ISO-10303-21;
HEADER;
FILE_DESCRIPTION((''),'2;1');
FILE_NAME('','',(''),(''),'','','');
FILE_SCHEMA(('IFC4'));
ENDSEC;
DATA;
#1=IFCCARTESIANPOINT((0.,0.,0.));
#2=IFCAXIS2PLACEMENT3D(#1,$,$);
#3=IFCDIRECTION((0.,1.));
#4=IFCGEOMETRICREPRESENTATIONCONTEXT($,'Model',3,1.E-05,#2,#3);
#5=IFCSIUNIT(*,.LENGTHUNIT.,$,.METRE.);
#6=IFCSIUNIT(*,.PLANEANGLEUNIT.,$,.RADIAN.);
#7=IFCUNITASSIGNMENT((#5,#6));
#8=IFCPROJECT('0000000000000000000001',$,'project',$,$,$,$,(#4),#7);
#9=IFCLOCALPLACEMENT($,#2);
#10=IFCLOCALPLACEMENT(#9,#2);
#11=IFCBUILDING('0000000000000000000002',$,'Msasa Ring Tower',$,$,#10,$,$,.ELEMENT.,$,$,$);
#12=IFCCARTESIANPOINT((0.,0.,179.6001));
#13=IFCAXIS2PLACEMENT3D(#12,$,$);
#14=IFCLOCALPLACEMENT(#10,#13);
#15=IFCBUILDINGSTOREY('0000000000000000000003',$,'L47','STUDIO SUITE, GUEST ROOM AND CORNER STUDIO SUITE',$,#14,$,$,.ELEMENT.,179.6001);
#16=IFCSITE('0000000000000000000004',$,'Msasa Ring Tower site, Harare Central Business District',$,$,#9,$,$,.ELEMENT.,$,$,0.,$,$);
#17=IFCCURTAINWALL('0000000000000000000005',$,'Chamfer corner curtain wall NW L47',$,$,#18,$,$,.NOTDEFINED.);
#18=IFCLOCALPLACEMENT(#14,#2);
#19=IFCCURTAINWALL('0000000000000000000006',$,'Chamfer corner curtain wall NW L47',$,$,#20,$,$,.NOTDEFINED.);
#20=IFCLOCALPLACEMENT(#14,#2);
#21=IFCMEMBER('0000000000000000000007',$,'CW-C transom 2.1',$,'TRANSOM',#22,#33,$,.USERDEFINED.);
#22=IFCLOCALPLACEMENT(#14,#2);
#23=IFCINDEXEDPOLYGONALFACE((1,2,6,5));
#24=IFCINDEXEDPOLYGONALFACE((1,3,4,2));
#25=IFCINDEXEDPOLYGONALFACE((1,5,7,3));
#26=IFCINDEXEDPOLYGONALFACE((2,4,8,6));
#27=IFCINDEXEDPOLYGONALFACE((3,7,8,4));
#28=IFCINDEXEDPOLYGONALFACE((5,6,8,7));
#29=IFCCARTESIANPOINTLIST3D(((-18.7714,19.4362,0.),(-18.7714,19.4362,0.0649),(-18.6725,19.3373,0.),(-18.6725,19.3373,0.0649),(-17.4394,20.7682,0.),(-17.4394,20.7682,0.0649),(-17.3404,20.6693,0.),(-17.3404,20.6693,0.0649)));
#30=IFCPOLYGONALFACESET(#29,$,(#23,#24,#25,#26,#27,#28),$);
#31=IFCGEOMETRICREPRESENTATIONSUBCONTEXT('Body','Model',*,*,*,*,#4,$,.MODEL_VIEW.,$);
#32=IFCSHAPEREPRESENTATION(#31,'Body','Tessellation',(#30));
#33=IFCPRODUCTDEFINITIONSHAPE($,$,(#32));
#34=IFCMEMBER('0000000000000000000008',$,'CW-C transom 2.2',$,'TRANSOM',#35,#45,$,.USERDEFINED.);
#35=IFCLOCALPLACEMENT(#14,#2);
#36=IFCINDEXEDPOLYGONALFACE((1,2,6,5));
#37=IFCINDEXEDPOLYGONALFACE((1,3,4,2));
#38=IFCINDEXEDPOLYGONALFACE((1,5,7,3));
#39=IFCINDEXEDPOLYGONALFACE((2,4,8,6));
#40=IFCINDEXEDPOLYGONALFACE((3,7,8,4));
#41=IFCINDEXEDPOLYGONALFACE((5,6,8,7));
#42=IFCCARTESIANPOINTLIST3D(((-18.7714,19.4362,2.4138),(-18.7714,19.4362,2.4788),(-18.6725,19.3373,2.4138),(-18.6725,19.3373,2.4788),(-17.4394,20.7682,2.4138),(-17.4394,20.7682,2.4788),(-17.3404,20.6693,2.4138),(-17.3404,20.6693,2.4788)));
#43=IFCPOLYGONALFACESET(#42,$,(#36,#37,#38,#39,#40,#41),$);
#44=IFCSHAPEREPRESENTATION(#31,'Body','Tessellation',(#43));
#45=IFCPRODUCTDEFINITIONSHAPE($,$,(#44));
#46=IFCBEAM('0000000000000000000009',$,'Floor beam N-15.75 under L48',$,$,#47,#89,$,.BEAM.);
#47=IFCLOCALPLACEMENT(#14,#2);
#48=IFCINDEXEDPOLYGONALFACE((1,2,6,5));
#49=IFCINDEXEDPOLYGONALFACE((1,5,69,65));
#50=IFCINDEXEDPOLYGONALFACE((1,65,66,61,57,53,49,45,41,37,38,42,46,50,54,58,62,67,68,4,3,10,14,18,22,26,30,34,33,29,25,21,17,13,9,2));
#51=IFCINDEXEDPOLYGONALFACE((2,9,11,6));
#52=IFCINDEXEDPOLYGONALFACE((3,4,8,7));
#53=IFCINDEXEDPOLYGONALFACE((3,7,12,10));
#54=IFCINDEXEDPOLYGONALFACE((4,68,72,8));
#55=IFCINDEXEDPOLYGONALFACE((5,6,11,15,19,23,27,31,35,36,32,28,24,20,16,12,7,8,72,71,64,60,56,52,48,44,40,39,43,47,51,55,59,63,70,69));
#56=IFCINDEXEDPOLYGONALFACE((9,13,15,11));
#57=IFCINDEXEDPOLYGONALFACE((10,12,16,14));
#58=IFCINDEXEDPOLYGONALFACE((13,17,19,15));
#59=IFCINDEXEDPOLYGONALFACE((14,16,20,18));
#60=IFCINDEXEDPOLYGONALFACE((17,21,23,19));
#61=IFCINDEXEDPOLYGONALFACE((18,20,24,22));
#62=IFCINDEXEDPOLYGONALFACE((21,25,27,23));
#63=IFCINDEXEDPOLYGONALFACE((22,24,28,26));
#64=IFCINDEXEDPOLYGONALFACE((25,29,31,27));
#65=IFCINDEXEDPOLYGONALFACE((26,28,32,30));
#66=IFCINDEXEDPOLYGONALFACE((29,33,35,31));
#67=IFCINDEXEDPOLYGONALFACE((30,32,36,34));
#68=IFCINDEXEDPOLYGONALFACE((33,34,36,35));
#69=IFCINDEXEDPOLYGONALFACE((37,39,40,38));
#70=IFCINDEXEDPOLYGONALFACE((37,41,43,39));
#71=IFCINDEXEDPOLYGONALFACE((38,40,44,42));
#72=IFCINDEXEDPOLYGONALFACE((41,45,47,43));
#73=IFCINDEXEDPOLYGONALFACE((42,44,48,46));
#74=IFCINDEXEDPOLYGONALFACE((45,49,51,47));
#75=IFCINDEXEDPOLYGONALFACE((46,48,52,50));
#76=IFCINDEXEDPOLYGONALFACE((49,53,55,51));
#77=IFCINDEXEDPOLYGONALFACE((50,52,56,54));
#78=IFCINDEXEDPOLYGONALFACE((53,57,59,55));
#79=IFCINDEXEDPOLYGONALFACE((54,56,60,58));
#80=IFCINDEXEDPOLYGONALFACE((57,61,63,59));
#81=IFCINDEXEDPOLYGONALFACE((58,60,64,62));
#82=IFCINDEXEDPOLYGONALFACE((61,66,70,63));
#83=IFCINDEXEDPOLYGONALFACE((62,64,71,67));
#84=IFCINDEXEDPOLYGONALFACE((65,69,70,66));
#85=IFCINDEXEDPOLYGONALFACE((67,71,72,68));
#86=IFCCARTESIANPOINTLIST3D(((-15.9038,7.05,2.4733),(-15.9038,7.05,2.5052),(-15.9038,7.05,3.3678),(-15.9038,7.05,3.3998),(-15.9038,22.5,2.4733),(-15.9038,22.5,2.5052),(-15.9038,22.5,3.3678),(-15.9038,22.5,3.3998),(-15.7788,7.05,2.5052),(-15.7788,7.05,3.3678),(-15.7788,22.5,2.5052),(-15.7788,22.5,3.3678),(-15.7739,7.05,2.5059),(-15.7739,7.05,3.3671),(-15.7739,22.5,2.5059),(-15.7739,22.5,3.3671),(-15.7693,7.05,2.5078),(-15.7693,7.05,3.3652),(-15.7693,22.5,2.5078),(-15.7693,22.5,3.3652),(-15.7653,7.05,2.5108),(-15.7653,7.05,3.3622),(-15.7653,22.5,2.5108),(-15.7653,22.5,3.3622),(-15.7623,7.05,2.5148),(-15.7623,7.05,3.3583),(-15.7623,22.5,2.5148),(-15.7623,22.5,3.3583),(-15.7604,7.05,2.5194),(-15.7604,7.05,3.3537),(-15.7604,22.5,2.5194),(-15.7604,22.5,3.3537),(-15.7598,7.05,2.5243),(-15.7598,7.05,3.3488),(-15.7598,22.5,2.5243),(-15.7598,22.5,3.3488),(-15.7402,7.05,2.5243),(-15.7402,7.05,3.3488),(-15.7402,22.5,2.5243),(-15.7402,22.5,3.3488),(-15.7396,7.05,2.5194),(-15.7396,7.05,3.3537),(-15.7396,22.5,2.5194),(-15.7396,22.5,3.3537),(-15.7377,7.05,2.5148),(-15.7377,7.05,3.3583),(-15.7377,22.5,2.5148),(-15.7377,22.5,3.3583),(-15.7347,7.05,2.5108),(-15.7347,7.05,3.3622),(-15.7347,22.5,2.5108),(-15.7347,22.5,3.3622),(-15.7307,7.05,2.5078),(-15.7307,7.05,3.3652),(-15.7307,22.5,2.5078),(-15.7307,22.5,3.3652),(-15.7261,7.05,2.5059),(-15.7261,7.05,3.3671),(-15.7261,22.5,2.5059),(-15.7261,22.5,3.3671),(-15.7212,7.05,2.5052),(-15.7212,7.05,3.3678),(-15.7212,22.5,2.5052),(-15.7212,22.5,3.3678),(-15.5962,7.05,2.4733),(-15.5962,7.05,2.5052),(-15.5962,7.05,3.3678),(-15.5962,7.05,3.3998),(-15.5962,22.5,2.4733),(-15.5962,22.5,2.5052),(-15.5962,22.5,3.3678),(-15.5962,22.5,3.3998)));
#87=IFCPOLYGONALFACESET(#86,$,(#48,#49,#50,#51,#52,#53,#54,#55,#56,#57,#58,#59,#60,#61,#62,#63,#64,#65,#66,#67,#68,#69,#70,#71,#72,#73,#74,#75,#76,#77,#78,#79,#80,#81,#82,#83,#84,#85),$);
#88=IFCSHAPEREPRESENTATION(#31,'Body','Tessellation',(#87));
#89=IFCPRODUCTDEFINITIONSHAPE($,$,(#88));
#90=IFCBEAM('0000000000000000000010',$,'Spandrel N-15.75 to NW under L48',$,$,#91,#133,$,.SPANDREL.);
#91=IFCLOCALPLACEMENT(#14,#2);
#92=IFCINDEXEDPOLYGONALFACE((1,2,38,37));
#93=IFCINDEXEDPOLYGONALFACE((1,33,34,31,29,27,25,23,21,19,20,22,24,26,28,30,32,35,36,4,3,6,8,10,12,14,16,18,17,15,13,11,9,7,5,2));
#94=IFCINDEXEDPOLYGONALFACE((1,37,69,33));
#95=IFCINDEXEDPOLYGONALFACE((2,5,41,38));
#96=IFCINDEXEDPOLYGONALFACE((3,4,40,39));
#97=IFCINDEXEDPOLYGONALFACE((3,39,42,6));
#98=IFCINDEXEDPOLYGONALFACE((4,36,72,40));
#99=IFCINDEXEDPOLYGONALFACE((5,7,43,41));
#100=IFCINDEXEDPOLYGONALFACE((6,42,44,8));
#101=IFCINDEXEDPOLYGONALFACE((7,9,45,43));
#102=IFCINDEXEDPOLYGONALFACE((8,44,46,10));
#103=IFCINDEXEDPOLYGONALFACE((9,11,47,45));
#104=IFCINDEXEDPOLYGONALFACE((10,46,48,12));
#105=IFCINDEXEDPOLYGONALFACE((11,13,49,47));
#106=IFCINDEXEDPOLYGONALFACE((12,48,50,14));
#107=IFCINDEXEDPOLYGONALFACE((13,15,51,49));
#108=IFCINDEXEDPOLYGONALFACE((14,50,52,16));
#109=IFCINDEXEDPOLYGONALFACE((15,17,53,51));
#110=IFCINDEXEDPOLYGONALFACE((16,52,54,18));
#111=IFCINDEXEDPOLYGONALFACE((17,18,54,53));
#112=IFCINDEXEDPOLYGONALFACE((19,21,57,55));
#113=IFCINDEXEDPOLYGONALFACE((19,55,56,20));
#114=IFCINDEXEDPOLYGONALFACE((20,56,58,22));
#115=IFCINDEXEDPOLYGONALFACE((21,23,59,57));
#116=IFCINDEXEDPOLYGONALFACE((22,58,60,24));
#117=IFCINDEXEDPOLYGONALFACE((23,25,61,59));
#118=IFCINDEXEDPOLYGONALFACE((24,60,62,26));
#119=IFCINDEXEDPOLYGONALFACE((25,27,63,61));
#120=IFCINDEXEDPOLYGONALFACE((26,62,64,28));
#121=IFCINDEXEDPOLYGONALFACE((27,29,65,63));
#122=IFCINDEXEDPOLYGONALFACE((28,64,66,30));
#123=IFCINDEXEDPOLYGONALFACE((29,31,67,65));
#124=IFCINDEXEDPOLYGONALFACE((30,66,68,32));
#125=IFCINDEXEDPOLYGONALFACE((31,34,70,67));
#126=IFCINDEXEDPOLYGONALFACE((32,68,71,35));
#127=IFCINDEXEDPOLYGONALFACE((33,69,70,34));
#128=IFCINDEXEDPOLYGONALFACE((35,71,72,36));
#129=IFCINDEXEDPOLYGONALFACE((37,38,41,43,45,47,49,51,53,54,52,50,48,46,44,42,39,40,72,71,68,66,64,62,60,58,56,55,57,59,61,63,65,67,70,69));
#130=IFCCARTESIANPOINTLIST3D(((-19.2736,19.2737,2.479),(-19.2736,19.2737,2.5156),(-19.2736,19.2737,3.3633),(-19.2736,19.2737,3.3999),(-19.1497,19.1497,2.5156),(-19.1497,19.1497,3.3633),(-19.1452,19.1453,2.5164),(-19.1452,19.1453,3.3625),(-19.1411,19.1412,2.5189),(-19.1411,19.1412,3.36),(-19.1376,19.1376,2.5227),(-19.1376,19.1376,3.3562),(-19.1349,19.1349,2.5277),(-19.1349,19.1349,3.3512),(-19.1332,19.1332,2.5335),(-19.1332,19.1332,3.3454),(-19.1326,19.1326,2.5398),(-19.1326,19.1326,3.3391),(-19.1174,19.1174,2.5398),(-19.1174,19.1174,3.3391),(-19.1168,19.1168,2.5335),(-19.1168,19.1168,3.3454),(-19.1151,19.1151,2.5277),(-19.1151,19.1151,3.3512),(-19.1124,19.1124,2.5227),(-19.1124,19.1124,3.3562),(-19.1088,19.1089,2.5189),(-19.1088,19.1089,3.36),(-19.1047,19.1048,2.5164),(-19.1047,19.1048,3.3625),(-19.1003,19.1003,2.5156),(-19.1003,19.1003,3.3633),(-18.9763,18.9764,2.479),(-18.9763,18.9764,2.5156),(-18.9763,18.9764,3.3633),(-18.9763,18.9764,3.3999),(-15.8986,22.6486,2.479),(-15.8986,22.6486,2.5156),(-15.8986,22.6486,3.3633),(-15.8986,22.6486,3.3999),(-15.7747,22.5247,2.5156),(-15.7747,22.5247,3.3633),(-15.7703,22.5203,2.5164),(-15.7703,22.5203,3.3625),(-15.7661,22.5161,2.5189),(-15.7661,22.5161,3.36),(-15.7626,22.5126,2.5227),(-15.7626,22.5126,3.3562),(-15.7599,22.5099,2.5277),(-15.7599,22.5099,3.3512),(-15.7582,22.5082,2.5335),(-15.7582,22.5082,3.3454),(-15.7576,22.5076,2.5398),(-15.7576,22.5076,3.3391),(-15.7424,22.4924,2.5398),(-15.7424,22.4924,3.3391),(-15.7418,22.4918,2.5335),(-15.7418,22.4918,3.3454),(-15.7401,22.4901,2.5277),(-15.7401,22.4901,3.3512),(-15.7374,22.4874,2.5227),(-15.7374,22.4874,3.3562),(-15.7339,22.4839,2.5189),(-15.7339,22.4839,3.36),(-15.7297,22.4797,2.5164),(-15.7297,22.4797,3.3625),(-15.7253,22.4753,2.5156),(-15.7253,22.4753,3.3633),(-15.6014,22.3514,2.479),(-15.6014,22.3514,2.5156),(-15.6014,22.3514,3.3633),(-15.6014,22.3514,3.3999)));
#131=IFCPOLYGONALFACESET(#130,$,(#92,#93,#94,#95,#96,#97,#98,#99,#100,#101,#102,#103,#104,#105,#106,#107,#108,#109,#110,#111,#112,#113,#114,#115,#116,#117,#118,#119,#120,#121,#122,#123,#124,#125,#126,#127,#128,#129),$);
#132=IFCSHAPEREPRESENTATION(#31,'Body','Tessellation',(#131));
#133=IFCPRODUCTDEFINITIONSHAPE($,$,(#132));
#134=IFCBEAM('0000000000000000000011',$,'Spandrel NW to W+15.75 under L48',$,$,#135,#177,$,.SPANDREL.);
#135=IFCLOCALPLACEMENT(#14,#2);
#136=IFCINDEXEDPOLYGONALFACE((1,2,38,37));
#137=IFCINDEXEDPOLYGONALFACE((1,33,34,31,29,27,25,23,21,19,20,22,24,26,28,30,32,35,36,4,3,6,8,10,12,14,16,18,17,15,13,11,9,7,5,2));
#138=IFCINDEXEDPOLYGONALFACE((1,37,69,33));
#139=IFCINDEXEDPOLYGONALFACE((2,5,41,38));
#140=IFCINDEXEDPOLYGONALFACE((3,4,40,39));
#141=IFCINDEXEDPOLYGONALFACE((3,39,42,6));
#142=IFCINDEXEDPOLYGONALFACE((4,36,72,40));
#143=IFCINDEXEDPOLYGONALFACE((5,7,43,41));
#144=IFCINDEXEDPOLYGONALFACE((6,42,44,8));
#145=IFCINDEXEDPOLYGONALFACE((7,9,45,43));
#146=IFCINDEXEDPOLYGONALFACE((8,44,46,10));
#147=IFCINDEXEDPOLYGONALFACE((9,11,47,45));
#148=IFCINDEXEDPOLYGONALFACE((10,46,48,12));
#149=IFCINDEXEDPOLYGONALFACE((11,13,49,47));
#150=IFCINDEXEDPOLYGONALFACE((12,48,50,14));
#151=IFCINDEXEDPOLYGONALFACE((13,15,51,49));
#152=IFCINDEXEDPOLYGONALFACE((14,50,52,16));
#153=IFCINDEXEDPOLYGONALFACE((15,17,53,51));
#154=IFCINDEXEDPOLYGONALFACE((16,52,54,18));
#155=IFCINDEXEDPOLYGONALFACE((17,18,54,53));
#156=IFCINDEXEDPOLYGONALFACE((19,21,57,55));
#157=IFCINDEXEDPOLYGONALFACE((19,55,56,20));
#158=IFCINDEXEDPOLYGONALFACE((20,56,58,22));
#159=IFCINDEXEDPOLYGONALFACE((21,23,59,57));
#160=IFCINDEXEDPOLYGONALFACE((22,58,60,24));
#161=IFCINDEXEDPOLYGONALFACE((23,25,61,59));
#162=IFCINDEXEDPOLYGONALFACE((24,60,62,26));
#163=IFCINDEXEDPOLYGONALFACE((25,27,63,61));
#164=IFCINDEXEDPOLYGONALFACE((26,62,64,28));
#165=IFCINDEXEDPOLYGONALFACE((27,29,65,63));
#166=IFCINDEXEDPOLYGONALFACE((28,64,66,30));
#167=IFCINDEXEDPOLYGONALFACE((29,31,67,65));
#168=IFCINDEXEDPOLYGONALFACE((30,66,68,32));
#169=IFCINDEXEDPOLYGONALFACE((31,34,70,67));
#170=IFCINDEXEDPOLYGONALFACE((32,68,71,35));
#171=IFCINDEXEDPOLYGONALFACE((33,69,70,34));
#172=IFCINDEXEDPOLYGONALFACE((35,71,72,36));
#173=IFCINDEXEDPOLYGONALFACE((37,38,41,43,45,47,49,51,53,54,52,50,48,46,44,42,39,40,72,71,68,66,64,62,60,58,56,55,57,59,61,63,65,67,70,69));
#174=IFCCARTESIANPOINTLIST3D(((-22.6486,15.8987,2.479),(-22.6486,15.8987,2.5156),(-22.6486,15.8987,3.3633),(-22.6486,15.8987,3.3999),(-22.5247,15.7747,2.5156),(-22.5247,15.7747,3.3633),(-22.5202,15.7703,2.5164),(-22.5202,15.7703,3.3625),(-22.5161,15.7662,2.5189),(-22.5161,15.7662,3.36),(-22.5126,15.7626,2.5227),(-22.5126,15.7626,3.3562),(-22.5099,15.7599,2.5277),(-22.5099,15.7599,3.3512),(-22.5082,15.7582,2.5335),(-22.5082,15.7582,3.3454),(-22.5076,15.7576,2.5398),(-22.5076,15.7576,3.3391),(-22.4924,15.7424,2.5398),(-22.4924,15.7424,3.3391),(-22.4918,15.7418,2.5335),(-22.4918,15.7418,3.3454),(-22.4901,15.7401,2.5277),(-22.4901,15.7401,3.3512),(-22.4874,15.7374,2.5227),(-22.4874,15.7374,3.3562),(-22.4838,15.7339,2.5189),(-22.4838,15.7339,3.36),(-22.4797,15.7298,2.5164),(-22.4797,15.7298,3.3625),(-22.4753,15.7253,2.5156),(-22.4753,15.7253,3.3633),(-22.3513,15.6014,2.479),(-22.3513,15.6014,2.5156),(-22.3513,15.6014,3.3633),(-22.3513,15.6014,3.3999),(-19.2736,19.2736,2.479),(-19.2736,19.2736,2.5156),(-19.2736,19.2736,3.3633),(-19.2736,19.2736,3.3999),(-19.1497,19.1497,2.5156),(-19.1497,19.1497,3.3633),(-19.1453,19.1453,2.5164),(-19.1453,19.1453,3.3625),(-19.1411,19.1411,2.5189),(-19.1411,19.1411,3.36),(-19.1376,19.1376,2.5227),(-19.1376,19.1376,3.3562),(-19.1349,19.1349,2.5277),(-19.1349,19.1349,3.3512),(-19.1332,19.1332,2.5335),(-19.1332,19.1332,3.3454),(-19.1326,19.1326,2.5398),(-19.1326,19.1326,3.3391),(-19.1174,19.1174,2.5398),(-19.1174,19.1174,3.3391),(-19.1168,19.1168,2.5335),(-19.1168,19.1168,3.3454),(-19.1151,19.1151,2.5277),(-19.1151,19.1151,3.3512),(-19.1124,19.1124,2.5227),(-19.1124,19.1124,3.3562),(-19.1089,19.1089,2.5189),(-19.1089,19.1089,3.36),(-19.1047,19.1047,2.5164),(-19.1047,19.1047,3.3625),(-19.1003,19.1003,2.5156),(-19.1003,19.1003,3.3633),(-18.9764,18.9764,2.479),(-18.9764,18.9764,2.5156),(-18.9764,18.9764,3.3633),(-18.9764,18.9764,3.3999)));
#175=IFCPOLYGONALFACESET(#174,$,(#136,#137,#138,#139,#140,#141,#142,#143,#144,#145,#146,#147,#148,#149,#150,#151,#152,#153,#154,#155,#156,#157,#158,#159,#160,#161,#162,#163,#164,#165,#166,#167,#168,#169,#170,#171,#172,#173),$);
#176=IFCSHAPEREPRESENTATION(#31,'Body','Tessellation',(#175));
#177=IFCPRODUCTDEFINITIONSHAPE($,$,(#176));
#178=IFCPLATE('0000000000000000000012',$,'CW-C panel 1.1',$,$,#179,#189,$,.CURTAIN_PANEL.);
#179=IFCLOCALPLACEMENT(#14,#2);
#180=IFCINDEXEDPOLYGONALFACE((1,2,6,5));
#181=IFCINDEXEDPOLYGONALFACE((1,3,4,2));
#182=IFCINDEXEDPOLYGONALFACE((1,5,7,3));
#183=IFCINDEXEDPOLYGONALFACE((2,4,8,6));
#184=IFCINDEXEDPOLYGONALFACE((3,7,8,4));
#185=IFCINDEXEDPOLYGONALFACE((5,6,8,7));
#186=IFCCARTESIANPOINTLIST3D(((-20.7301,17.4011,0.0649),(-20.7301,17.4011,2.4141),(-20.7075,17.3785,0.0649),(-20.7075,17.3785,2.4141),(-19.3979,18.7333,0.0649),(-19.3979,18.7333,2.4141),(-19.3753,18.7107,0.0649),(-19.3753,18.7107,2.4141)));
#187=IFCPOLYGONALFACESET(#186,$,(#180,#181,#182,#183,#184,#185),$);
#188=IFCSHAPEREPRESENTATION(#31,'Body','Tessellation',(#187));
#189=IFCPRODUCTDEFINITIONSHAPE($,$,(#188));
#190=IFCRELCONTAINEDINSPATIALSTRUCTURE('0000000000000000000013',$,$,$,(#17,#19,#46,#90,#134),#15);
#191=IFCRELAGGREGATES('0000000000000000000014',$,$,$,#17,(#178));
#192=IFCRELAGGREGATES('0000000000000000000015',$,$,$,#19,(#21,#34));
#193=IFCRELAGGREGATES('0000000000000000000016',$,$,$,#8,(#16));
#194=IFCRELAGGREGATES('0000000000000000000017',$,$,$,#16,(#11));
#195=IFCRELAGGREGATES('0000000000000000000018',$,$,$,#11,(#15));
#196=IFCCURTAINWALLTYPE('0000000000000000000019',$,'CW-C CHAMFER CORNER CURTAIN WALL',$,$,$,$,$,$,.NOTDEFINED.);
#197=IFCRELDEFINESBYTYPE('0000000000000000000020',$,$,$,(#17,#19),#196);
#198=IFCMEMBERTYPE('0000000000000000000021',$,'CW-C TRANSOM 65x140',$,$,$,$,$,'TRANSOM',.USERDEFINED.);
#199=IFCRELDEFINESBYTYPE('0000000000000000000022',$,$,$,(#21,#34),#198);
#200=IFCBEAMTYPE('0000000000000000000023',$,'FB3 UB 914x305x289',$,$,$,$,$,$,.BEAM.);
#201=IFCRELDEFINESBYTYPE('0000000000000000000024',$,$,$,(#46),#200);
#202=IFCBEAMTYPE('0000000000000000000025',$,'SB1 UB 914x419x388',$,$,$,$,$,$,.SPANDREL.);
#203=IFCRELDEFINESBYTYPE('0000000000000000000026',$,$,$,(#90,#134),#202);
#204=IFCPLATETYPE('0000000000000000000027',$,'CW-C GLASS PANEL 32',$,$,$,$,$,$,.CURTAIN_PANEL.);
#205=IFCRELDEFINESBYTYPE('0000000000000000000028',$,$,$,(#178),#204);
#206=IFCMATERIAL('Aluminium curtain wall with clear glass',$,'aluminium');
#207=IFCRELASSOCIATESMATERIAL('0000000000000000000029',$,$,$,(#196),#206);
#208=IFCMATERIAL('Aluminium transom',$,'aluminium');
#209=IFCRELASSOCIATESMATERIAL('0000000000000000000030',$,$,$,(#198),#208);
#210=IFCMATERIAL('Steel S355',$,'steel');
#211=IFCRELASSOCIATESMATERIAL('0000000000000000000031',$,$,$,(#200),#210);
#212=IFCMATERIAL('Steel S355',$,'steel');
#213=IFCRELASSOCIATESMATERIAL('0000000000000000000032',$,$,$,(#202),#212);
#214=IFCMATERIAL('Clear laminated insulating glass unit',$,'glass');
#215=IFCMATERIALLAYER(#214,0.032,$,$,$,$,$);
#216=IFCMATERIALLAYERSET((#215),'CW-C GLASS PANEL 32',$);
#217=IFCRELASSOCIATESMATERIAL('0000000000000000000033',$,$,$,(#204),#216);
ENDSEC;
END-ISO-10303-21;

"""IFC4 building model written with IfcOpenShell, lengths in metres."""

from ifc_helpers import new_model, si_unit, direction, frame, origin, origin_2d, place, context, subcontext, project, spatial, rectangle, i_section, extrude, material, layer, layer_set, material_profile, profile_set, type_object, element, aggregate, save


model = new_model("IFC4")

# Units and contexts
model_context = context("Model", 3, precision=1e-05, world=origin(), true_north=direction((0.0, 1.0)))
body_context = subcontext(model_context, "Body", "Model", "MODEL_VIEW")
ifc_project = project(units=[si_unit("LENGTHUNIT", "METRE"), si_unit("PLANEANGLEUNIT", "RADIAN")], contexts=[model_context])

# Site, building, storey
site_placement = place(None, origin())
site = spatial("IfcSite", under=ifc_project, at=site_placement, Name="Msasa Ring Tower site, Harare Central Business District", CompositionType="ELEMENT", RefElevation=0.0)
building_placement = place(site_placement, origin())
building = spatial("IfcBuilding", under=site, at=building_placement, Name="Msasa Ring Tower", CompositionType="ELEMENT")
storey_placement = place(building_placement, frame((0.0, 0.0, 179.6001)))
storey = spatial("IfcBuildingStorey", under=building, at=storey_placement, Name="L47", Description="STUDIO SUITE, GUEST ROOM AND CORNER STUDIO SUITE", CompositionType="ELEMENT", Elevation=179.6001)

# Curtain walls
ifc_material_1 = material(Name="Aluminium curtain wall with clear glass", Category="aluminium")
curtain_wall_type = type_object("IfcCurtainWallType", Name="CW-C CHAMFER CORNER CURTAIN WALL", PredefinedType="NOTDEFINED", material=ifc_material_1)
curtain_wall_1_placement = place(storey_placement, origin())
curtain_wall_1 = element("IfcCurtainWall", 1, at=curtain_wall_1_placement, inside=storey, type_object=curtain_wall_type, Name="Chamfer corner curtain wall NW L47", PredefinedType="NOTDEFINED")
curtain_wall_2_placement = place(storey_placement, origin())
curtain_wall_2 = element("IfcCurtainWall", 2, at=curtain_wall_2_placement, inside=storey, type_object=curtain_wall_type, Name="Chamfer corner curtain wall NW L47", PredefinedType="NOTDEFINED")

# Members
ifc_material_2 = material(Name="Aluminium transom", Category="aluminium")
ifc_material_profile_1 = material_profile(ifc_material_2, rectangle(XDim=0.1399, YDim=0.0649, at=origin_2d()), Name="AL 65x140")
ifc_profile_set_1 = profile_set([ifc_material_profile_1], Name="Aluminium transom")
member_type_1 = type_object("IfcMemberType", Name="CW-C TRANSOM 65x140", ElementType="TRANSOM", PredefinedType="USERDEFINED", material=ifc_profile_set_1)
member_1_placement = place(storey_placement, frame((-17.3899, 20.7188, 0.0325), z_axis=(-0.707107, -0.707107, 0.0), x_axis=(0.707107, -0.707107, 0.0)))
member_1 = element("IfcMember", 3, at=member_1_placement, type_object=member_type_1, Name="CW-C transom 2.1", ObjectType="TRANSOM", PredefinedType="USERDEFINED", context=body_context, shape_type="SweptSolid", body=[
    extrude(rectangle(XDim=0.1399, YDim=0.0649, at=origin_2d()), origin(), (0.0, 0.0, 1.0), 1.8838),
])
member_2_placement = place(storey_placement, frame((-17.3899, 20.7188, 2.4463), z_axis=(-0.707107, -0.707107, 0.0), x_axis=(0.707107, -0.707107, 0.0)))
member_2 = element("IfcMember", 4, at=member_2_placement, type_object=member_type_1, Name="CW-C transom 2.2", ObjectType="TRANSOM", PredefinedType="USERDEFINED", context=body_context, shape_type="SweptSolid", body=[
    extrude(rectangle(XDim=0.1399, YDim=0.0649, at=origin_2d()), origin(), (0.0, 0.0, 1.0), 1.8838),
])

# Beams
ifc_material_3 = material(Name="Steel S355", Category="steel")
ifc_material_profile_2 = material_profile(ifc_material_3, i_section(OverallWidth=0.3076, OverallDepth=0.9265, WebThickness=0.0195, FlangeThickness=0.032, FilletRadius=0.019, at=origin_2d()), Name="UB 914x305x289")
ifc_profile_set_2 = profile_set([ifc_material_profile_2], Name="Steel S355")
beam_type_1 = type_object("IfcBeamType", Name="FB3 UB 914x305x289", PredefinedType="BEAM", material=ifc_profile_set_2)
beam_placement = place(storey_placement, frame((-15.75, 22.5, 2.9365), z_axis=(0.0, -1.0, 0.0), x_axis=(1.0, 0.0, 0.0)))
element("IfcBeam", 5, at=beam_placement, inside=storey, type_object=beam_type_1, Name="Floor beam N-15.75 under L48", PredefinedType="BEAM", context=body_context, shape_type="SweptSolid", body=[
    extrude(i_section(OverallWidth=0.3076, OverallDepth=0.9265, WebThickness=0.0195, FlangeThickness=0.032, FilletRadius=0.019, at=origin_2d()), origin(), (0.0, 0.0, 1.0), 15.45),
])
ifc_material_4 = material(Name="Steel S355", Category="steel")
ifc_material_profile_3 = material_profile(ifc_material_4, i_section(OverallWidth=0.4204, OverallDepth=0.9209, WebThickness=0.0215, FlangeThickness=0.0366, FilletRadius=0.0242, at=origin_2d()), Name="UB 914x419x388")
ifc_profile_set_3 = profile_set([ifc_material_profile_3], Name="Steel S355")
beam_type_2 = type_object("IfcBeamType", Name="SB1 UB 914x419x388", PredefinedType="SPANDREL", material=ifc_profile_set_3)
for number, where, z_axis, x_axis, name in (
    (6, (-15.75, 22.5, 2.9395), (-0.707107, -0.707107, 0.0), (0.707107, -0.707107, 0.0), "Spandrel N-15.75 to NW under L48"),
    (7, (-19.125, 19.125, 2.9395), (-0.707107, -0.707107, 0.0), (0.707107, -0.707107, 0.0), "Spandrel NW to W+15.75 under L48"),
):
    element("IfcBeam", number, at=place(storey_placement, frame(where, z_axis=z_axis, x_axis=x_axis)), inside=storey, type_object=beam_type_2, Name=name, PredefinedType="SPANDREL", context=body_context, shape_type="SweptSolid", body=[
        extrude(i_section(OverallWidth=0.4204, OverallDepth=0.9209, WebThickness=0.0215, FlangeThickness=0.0366, FilletRadius=0.0242, at=origin_2d()), origin(), (0.0, 0.0, 1.0), 4.7729),
    ])

# Plate
ifc_material_5 = material(Name="Clear laminated insulating glass unit", Category="glass")
ifc_layer_1 = layer(ifc_material_5, 0.032)
ifc_layer_set_1 = layer_set([ifc_layer_1], Name="CW-C GLASS PANEL 32")
plate_type = type_object("IfcPlateType", Name="CW-C GLASS PANEL 32", PredefinedType="CURTAIN_PANEL", material=ifc_layer_set_1)
plate_1_placement = place(storey_placement, frame((-20.0527, 18.0559, 0.0649), z_axis=(0.0, 0.0, 1.0), x_axis=(-0.707107, -0.707107, 0.0)))
plate_1 = element("IfcPlate", 8, at=plate_1_placement, type_object=plate_type, Name="CW-C panel 1.1", PredefinedType="CURTAIN_PANEL", context=body_context, shape_type="SweptSolid", body=[
    extrude(rectangle(XDim=1.884, YDim=0.032, at=origin_2d()), origin(), (0.0, 0.0, 1.0), 2.3491),
])
aggregate(curtain_wall_1, [plate_1])
aggregate(curtain_wall_2, [member_1, member_2])

save(model, "model.ifc")
